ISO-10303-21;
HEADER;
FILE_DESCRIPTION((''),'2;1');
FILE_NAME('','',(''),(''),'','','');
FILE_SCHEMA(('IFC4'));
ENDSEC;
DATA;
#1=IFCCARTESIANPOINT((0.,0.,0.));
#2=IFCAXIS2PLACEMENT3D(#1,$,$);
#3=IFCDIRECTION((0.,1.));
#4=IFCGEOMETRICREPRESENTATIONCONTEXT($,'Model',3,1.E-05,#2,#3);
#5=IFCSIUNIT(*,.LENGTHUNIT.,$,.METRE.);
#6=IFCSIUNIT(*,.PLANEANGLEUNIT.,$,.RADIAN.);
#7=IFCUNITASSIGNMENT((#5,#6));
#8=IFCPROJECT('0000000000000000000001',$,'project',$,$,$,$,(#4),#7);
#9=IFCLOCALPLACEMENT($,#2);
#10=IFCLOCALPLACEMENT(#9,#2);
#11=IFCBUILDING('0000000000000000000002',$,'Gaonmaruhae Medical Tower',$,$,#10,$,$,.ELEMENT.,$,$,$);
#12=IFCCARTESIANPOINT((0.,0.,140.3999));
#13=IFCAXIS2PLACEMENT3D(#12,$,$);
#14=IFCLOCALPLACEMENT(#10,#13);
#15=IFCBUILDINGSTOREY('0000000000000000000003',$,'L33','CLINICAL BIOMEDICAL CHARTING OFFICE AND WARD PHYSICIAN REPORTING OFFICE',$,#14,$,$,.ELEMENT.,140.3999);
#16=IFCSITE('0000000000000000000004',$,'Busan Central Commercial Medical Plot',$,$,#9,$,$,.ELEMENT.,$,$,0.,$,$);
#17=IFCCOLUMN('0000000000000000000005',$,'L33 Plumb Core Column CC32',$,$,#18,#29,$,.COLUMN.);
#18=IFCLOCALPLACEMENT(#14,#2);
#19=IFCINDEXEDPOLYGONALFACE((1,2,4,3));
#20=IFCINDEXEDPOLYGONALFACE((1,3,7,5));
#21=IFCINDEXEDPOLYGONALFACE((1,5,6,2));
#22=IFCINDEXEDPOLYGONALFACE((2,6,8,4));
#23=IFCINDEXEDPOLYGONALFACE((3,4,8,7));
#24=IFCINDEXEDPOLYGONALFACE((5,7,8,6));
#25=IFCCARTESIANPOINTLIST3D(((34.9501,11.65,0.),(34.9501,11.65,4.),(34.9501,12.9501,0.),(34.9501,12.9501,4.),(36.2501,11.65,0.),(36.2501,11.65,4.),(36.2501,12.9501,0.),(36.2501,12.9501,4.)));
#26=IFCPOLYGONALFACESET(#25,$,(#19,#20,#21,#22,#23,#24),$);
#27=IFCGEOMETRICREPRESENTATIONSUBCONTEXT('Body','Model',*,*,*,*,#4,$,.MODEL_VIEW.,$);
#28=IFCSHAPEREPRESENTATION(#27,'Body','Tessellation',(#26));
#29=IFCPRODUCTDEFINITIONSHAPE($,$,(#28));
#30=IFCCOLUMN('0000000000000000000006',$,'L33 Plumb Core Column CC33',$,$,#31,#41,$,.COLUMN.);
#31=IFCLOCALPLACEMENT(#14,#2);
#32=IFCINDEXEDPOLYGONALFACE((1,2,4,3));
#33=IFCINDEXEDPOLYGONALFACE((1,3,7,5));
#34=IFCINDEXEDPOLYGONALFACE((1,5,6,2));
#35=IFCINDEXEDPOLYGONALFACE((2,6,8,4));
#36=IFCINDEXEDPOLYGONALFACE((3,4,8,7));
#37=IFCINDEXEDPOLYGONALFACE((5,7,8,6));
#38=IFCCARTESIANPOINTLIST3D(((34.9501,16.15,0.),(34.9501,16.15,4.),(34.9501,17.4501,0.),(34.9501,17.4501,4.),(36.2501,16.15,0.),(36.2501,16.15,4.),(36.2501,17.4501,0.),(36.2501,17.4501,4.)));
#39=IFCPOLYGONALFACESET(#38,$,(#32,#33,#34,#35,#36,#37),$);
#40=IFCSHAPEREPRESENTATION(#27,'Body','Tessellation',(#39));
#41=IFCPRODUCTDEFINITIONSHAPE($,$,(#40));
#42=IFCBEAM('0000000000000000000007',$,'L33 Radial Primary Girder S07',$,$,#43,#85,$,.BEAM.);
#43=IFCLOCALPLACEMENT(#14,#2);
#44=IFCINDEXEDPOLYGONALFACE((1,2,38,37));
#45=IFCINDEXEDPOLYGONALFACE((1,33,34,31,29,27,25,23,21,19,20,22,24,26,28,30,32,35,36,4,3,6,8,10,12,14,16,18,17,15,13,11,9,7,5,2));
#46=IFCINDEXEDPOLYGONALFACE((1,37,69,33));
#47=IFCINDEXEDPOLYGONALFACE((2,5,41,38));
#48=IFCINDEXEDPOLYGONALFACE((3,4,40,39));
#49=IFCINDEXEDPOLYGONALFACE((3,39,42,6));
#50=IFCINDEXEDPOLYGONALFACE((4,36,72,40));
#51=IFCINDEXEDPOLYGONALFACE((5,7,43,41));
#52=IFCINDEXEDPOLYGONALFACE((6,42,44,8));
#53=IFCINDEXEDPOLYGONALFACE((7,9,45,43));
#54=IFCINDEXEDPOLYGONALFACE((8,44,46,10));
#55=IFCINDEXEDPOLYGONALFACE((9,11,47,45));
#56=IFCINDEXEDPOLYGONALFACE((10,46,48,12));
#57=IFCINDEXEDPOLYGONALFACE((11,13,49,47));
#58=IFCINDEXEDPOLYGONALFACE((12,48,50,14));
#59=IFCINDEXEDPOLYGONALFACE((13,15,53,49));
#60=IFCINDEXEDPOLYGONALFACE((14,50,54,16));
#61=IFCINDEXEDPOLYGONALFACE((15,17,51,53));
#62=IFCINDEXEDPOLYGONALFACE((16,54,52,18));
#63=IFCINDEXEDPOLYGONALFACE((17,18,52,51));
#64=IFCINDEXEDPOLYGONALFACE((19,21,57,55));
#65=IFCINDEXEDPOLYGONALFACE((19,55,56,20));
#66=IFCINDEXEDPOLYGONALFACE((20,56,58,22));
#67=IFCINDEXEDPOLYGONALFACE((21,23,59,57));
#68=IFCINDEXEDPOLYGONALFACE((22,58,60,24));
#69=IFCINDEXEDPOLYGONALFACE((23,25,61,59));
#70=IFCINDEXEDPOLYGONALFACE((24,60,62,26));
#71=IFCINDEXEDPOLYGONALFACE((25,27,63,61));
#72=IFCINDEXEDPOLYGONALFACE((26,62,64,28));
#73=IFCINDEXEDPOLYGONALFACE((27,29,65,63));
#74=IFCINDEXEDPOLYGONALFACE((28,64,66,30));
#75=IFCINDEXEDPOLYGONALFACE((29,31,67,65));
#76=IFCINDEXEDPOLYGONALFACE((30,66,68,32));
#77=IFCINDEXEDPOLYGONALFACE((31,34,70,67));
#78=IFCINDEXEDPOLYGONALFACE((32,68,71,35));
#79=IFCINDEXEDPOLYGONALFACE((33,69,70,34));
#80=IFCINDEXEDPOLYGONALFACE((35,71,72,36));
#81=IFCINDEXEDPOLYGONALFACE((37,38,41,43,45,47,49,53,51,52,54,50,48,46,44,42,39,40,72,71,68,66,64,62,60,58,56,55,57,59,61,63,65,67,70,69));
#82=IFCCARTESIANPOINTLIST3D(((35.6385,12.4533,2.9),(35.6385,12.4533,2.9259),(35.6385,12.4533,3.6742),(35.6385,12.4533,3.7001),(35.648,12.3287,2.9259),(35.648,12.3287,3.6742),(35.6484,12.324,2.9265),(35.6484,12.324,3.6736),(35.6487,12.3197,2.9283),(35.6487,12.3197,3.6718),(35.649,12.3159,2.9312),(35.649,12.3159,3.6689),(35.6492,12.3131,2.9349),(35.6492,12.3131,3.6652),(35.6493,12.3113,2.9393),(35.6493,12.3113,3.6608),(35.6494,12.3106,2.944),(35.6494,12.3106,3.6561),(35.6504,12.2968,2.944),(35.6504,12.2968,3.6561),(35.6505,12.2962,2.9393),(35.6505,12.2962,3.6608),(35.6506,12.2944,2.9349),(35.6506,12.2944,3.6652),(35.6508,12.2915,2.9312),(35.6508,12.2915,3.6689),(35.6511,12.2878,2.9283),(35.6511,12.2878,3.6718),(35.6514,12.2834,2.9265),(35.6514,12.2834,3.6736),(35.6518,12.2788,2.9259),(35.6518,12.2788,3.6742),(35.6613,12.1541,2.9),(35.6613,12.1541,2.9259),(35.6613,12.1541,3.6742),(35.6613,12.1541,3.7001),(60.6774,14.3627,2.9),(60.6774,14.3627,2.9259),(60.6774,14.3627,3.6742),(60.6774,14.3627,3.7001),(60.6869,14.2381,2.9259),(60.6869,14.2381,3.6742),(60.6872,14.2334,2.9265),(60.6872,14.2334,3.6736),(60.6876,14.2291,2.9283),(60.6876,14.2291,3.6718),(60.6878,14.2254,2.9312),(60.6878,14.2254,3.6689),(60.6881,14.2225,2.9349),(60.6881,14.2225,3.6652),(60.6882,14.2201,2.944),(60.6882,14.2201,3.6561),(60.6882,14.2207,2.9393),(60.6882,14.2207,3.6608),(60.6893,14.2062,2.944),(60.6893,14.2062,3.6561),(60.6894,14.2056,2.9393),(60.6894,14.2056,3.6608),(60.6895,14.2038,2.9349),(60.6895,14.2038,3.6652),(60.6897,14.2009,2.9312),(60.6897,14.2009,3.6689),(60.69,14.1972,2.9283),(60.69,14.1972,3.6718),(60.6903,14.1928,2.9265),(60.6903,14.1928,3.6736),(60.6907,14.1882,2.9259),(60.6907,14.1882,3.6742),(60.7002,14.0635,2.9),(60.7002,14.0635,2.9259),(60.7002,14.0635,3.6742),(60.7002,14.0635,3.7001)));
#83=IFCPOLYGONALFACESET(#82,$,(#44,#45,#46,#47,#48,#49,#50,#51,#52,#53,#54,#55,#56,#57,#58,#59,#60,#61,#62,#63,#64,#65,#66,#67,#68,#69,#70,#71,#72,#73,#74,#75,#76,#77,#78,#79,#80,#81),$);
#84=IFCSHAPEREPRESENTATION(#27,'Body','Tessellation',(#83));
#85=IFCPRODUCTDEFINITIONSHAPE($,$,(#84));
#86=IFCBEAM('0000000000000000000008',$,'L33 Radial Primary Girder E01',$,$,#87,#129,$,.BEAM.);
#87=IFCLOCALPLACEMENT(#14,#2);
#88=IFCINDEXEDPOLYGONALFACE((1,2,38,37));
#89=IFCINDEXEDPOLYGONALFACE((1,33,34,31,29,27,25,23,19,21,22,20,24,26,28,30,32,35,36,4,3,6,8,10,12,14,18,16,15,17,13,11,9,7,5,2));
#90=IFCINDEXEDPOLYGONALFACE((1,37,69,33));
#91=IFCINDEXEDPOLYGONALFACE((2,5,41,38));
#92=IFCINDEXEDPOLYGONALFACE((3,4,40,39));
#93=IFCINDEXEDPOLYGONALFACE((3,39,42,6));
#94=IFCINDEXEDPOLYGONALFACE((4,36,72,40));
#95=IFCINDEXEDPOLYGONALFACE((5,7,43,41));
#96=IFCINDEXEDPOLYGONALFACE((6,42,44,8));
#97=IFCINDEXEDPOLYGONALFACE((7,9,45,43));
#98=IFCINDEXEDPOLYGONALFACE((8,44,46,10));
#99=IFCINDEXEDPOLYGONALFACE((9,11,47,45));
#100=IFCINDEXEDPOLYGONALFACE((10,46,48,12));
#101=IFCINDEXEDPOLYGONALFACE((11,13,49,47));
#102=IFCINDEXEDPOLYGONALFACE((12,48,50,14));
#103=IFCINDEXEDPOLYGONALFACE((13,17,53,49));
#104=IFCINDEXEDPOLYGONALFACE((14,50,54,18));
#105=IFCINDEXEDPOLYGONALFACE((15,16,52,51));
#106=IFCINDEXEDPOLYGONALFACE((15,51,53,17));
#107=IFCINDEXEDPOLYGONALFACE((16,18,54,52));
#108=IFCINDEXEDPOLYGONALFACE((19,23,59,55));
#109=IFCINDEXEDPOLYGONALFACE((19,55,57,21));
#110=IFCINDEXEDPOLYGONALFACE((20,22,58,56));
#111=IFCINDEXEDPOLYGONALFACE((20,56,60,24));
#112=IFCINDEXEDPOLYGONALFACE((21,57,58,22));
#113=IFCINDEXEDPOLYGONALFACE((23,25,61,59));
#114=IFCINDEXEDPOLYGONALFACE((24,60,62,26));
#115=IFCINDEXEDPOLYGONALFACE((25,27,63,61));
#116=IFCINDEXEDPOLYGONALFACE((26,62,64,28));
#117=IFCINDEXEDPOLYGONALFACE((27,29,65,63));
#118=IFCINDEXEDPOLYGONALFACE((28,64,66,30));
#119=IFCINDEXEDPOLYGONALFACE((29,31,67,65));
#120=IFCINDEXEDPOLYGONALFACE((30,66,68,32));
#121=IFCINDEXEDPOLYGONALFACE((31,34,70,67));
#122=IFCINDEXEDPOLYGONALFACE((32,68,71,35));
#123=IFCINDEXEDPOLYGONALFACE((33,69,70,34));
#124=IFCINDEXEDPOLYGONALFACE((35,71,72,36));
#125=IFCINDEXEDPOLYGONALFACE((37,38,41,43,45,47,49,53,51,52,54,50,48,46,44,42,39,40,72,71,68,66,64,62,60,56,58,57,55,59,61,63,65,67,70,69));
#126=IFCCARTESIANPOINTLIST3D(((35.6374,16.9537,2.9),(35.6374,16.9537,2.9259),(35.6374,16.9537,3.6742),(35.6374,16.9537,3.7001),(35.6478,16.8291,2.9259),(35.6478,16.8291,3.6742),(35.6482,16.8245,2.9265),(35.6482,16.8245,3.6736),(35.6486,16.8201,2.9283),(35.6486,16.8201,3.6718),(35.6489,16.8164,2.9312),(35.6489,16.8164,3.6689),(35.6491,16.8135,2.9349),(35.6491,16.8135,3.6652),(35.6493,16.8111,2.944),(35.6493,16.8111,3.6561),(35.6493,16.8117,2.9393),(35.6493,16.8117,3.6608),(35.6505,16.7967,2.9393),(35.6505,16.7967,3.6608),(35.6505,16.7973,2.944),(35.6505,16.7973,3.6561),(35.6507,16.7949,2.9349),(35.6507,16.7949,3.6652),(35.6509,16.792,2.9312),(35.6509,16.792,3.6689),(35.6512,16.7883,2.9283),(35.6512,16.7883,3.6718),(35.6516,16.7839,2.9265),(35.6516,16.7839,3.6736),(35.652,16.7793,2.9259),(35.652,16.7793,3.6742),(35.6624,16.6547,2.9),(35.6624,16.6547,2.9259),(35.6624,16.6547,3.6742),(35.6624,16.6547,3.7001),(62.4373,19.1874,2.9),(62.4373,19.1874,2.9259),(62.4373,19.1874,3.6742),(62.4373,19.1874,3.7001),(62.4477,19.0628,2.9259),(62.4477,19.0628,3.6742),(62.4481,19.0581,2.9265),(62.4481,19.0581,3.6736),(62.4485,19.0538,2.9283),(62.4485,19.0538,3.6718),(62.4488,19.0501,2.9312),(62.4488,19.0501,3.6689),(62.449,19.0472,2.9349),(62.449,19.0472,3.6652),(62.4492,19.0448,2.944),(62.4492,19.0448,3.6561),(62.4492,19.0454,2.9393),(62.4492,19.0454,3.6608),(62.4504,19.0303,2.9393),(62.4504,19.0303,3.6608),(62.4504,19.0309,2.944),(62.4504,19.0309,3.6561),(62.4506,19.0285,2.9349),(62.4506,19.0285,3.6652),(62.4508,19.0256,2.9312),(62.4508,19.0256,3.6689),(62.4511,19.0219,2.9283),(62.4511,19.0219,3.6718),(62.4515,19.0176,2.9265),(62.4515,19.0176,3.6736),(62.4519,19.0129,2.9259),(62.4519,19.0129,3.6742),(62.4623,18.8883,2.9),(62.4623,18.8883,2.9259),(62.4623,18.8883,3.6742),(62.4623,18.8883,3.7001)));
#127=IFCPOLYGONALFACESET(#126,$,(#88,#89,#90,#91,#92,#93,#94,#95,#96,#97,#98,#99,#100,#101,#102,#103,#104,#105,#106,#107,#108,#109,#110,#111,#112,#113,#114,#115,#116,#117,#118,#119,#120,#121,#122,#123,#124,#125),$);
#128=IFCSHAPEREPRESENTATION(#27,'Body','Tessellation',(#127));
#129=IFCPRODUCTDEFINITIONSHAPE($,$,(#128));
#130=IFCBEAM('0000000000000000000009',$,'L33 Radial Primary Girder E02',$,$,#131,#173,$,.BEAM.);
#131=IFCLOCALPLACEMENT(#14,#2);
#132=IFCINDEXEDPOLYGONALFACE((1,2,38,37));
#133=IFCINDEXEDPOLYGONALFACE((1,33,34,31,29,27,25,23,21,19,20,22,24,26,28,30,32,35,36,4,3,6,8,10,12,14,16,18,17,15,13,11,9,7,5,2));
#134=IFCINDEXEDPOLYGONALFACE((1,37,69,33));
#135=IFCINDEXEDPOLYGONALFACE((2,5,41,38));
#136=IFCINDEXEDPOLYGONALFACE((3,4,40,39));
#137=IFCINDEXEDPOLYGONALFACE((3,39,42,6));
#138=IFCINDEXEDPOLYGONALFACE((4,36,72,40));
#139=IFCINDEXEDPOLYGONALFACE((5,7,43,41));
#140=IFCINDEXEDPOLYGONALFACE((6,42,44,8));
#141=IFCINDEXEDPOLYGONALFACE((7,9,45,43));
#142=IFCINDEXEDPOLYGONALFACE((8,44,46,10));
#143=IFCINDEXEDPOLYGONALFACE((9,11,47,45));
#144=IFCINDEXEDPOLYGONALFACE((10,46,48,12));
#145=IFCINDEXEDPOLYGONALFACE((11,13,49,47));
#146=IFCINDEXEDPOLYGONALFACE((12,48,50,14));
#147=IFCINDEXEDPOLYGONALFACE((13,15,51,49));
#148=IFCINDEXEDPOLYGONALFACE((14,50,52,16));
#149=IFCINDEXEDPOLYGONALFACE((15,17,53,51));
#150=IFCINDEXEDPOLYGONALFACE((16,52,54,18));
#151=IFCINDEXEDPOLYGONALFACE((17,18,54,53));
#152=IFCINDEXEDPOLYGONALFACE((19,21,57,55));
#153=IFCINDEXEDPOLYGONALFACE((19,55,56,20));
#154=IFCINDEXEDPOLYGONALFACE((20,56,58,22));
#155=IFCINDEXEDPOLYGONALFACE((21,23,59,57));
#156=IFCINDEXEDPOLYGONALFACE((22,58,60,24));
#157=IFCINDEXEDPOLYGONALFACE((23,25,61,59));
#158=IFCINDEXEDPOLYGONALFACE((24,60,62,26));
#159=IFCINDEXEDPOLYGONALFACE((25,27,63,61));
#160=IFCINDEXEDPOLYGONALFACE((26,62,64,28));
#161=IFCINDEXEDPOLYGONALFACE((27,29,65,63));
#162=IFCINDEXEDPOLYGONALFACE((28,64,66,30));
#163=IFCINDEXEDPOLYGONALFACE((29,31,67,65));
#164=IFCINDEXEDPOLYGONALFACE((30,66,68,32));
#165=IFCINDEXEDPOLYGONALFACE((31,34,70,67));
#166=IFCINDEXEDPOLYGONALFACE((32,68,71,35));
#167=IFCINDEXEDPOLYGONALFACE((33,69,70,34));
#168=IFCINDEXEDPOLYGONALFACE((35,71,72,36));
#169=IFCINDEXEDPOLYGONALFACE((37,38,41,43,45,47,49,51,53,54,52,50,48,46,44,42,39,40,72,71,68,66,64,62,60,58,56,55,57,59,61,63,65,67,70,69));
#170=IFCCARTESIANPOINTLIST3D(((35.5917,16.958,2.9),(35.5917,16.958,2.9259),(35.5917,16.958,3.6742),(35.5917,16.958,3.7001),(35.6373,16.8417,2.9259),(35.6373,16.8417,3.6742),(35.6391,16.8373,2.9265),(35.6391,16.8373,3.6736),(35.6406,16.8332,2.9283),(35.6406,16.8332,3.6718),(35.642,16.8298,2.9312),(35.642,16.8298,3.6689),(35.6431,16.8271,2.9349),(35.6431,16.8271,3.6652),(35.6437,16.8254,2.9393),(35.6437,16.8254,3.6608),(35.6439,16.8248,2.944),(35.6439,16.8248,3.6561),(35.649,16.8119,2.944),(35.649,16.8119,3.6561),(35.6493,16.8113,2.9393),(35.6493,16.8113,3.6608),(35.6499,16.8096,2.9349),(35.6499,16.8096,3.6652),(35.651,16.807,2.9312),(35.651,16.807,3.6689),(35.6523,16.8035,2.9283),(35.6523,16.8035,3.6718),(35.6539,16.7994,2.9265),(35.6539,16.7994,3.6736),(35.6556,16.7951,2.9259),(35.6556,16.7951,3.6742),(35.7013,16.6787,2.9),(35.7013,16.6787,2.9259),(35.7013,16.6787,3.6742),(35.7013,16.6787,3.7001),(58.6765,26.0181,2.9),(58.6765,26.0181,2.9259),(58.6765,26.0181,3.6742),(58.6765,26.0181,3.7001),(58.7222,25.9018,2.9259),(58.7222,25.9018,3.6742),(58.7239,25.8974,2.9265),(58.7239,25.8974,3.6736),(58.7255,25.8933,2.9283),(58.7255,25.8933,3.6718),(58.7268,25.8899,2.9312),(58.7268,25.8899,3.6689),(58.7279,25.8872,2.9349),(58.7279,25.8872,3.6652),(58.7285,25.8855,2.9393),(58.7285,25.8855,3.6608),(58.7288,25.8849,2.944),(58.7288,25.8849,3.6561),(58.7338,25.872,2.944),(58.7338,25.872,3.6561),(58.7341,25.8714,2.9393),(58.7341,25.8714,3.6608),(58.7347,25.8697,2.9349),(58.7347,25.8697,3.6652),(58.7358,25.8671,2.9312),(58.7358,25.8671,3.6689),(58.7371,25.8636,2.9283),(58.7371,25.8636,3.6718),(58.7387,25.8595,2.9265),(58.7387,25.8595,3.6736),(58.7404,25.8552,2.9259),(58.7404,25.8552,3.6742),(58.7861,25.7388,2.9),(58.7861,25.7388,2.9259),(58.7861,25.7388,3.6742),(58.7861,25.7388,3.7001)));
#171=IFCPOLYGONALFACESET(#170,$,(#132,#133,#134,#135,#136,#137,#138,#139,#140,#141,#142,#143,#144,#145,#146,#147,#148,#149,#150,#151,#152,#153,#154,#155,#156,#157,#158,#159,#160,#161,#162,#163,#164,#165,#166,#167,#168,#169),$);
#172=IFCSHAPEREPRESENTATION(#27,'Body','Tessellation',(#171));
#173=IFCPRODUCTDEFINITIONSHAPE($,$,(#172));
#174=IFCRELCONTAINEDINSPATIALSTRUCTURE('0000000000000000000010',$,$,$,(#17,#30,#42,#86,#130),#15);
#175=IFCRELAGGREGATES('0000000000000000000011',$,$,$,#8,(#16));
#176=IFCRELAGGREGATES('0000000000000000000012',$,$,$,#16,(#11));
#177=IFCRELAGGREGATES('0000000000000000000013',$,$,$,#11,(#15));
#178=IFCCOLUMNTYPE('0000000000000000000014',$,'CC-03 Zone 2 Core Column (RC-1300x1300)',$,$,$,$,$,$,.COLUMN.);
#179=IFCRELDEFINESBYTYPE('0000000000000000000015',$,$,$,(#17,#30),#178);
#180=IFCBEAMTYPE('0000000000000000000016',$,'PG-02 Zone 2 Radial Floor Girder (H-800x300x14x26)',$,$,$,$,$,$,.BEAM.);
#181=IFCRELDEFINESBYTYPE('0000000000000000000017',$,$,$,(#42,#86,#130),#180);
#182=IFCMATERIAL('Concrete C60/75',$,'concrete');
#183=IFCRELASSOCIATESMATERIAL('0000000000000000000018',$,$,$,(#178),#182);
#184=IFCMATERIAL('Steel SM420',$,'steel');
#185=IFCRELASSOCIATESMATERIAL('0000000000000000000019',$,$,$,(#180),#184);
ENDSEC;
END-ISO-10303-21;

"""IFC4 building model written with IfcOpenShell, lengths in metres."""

from ifc_helpers import new_model, si_unit, direction, frame, origin, origin_2d, place, context, subcontext, project, spatial, rectangle, i_section, extrude, material, material_profile, profile_set, type_object, element, save


model = new_model("IFC4")

# Units and contexts
model_context = context("Model", 3, precision=1e-05, world=origin(), true_north=direction((0.0, 1.0)))
body_context = subcontext(model_context, "Body", "Model", "MODEL_VIEW")
ifc_project = project(units=[si_unit("LENGTHUNIT", "METRE"), si_unit("PLANEANGLEUNIT", "RADIAN")], contexts=[model_context])

# Site, building, storey
site_placement = place(None, origin())
site = spatial("IfcSite", under=ifc_project, at=site_placement, Name="Busan Central Commercial Medical Plot", CompositionType="ELEMENT", RefElevation=0.0)
building_placement = place(site_placement, origin())
building = spatial("IfcBuilding", under=site, at=building_placement, Name="Gaonmaruhae Medical Tower", CompositionType="ELEMENT")
storey_placement = place(building_placement, frame((0.0, 0.0, 140.3999)))
storey = spatial("IfcBuildingStorey", under=building, at=storey_placement, Name="L33", Description="CLINICAL BIOMEDICAL CHARTING OFFICE AND WARD PHYSICIAN REPORTING OFFICE", CompositionType="ELEMENT", Elevation=140.3999)

# Columns
ifc_material_1 = material(Name="Concrete C60/75", Category="concrete")
ifc_material_profile_1 = material_profile(ifc_material_1, rectangle(XDim=1.3, YDim=1.3, at=origin_2d()), Name="RC-1300x1300")
ifc_profile_set_1 = profile_set([ifc_material_profile_1], Name="Concrete C60/75")
column_type = type_object("IfcColumnType", Name="CC-03 Zone 2 Core Column (RC-1300x1300)", PredefinedType="COLUMN", material=ifc_profile_set_1)
for number, where, z_axis, x_axis, name in (
    (1, (35.6001, 12.3, 0.0), (0.0, 0.0, 1.0), (1.0, 0.0, 0.0), "L33 Plumb Core Column CC32"),
    (2, (35.6001, 16.8, 0.0), (0.0, 0.0, 1.0), (1.0, 0.0, 0.0), "L33 Plumb Core Column CC33"),
):
    element("IfcColumn", number, at=place(storey_placement, frame(where, z_axis=z_axis, x_axis=x_axis)), inside=storey, type_object=column_type, Name=name, PredefinedType="COLUMN", context=body_context, shape_type="SweptSolid", body=[
        extrude(rectangle(XDim=1.3, YDim=1.3, at=origin_2d()), origin(), (0.0, 0.0, 1.0), 4.0),
    ])

# Beams
ifc_material_2 = material(Name="Steel SM420", Category="steel")
ifc_material_profile_2 = material_profile(ifc_material_2, i_section(OverallWidth=0.3, OverallDepth=0.8, WebThickness=0.0139, FlangeThickness=0.0259, FilletRadius=0.0181, at=origin_2d()), Name="H-800x300x14x26")
ifc_profile_set_2 = profile_set([ifc_material_profile_2], Name="Steel SM420")
beam_type = type_object("IfcBeamType", Name="PG-02 Zone 2 Radial Floor Girder (H-800x300x14x26)", PredefinedType="BEAM", material=ifc_profile_set_2)
beam_1_placement = place(storey_placement, frame((35.6499, 12.3037, 3.3), z_axis=(0.997105, 0.076038, 0.0), x_axis=(-0.076038, 0.997105, 0.0)))
element("IfcBeam", 3, at=beam_1_placement, inside=storey, type_object=beam_type, Name="L33 Radial Primary Girder S07", PredefinedType="BEAM", context=body_context, shape_type="SweptSolid", body=[
    extrude(i_section(OverallWidth=0.3, OverallDepth=0.8, WebThickness=0.0139, FlangeThickness=0.0259, FilletRadius=0.0181, at=origin_2d()), origin(), (0.0, 0.0, 1.0), 25.1116),
])
beam_2_placement = place(storey_placement, frame((35.6499, 16.8042, 3.3), z_axis=(0.996545, 0.083058, 0.0), x_axis=(-0.083058, 0.996545, 0.0)))
element("IfcBeam", 4, at=beam_2_placement, inside=storey, type_object=beam_type, Name="L33 Radial Primary Girder E01", PredefinedType="BEAM", context=body_context, shape_type="SweptSolid", body=[
    extrude(i_section(OverallWidth=0.3, OverallDepth=0.8, WebThickness=0.0139, FlangeThickness=0.0259, FilletRadius=0.0181, at=origin_2d()), origin(), (0.0, 0.0, 1.0), 26.8928),
])
beam_3_placement = place(storey_placement, frame((35.6465, 16.8184, 3.3), z_axis=(0.930874, 0.36534, 0.0), x_axis=(-0.36534, 0.930874, 0.0)))
element("IfcBeam", 5, at=beam_3_placement, inside=storey, type_object=beam_type, Name="L33 Radial Primary Girder E02", PredefinedType="BEAM", context=body_context, shape_type="SweptSolid", body=[
    extrude(i_section(OverallWidth=0.3, OverallDepth=0.8, WebThickness=0.0139, FlangeThickness=0.0259, FilletRadius=0.0181, at=origin_2d()), origin(), (0.0, 0.0, 1.0), 24.7991),
])

save(model, "model.ifc")
